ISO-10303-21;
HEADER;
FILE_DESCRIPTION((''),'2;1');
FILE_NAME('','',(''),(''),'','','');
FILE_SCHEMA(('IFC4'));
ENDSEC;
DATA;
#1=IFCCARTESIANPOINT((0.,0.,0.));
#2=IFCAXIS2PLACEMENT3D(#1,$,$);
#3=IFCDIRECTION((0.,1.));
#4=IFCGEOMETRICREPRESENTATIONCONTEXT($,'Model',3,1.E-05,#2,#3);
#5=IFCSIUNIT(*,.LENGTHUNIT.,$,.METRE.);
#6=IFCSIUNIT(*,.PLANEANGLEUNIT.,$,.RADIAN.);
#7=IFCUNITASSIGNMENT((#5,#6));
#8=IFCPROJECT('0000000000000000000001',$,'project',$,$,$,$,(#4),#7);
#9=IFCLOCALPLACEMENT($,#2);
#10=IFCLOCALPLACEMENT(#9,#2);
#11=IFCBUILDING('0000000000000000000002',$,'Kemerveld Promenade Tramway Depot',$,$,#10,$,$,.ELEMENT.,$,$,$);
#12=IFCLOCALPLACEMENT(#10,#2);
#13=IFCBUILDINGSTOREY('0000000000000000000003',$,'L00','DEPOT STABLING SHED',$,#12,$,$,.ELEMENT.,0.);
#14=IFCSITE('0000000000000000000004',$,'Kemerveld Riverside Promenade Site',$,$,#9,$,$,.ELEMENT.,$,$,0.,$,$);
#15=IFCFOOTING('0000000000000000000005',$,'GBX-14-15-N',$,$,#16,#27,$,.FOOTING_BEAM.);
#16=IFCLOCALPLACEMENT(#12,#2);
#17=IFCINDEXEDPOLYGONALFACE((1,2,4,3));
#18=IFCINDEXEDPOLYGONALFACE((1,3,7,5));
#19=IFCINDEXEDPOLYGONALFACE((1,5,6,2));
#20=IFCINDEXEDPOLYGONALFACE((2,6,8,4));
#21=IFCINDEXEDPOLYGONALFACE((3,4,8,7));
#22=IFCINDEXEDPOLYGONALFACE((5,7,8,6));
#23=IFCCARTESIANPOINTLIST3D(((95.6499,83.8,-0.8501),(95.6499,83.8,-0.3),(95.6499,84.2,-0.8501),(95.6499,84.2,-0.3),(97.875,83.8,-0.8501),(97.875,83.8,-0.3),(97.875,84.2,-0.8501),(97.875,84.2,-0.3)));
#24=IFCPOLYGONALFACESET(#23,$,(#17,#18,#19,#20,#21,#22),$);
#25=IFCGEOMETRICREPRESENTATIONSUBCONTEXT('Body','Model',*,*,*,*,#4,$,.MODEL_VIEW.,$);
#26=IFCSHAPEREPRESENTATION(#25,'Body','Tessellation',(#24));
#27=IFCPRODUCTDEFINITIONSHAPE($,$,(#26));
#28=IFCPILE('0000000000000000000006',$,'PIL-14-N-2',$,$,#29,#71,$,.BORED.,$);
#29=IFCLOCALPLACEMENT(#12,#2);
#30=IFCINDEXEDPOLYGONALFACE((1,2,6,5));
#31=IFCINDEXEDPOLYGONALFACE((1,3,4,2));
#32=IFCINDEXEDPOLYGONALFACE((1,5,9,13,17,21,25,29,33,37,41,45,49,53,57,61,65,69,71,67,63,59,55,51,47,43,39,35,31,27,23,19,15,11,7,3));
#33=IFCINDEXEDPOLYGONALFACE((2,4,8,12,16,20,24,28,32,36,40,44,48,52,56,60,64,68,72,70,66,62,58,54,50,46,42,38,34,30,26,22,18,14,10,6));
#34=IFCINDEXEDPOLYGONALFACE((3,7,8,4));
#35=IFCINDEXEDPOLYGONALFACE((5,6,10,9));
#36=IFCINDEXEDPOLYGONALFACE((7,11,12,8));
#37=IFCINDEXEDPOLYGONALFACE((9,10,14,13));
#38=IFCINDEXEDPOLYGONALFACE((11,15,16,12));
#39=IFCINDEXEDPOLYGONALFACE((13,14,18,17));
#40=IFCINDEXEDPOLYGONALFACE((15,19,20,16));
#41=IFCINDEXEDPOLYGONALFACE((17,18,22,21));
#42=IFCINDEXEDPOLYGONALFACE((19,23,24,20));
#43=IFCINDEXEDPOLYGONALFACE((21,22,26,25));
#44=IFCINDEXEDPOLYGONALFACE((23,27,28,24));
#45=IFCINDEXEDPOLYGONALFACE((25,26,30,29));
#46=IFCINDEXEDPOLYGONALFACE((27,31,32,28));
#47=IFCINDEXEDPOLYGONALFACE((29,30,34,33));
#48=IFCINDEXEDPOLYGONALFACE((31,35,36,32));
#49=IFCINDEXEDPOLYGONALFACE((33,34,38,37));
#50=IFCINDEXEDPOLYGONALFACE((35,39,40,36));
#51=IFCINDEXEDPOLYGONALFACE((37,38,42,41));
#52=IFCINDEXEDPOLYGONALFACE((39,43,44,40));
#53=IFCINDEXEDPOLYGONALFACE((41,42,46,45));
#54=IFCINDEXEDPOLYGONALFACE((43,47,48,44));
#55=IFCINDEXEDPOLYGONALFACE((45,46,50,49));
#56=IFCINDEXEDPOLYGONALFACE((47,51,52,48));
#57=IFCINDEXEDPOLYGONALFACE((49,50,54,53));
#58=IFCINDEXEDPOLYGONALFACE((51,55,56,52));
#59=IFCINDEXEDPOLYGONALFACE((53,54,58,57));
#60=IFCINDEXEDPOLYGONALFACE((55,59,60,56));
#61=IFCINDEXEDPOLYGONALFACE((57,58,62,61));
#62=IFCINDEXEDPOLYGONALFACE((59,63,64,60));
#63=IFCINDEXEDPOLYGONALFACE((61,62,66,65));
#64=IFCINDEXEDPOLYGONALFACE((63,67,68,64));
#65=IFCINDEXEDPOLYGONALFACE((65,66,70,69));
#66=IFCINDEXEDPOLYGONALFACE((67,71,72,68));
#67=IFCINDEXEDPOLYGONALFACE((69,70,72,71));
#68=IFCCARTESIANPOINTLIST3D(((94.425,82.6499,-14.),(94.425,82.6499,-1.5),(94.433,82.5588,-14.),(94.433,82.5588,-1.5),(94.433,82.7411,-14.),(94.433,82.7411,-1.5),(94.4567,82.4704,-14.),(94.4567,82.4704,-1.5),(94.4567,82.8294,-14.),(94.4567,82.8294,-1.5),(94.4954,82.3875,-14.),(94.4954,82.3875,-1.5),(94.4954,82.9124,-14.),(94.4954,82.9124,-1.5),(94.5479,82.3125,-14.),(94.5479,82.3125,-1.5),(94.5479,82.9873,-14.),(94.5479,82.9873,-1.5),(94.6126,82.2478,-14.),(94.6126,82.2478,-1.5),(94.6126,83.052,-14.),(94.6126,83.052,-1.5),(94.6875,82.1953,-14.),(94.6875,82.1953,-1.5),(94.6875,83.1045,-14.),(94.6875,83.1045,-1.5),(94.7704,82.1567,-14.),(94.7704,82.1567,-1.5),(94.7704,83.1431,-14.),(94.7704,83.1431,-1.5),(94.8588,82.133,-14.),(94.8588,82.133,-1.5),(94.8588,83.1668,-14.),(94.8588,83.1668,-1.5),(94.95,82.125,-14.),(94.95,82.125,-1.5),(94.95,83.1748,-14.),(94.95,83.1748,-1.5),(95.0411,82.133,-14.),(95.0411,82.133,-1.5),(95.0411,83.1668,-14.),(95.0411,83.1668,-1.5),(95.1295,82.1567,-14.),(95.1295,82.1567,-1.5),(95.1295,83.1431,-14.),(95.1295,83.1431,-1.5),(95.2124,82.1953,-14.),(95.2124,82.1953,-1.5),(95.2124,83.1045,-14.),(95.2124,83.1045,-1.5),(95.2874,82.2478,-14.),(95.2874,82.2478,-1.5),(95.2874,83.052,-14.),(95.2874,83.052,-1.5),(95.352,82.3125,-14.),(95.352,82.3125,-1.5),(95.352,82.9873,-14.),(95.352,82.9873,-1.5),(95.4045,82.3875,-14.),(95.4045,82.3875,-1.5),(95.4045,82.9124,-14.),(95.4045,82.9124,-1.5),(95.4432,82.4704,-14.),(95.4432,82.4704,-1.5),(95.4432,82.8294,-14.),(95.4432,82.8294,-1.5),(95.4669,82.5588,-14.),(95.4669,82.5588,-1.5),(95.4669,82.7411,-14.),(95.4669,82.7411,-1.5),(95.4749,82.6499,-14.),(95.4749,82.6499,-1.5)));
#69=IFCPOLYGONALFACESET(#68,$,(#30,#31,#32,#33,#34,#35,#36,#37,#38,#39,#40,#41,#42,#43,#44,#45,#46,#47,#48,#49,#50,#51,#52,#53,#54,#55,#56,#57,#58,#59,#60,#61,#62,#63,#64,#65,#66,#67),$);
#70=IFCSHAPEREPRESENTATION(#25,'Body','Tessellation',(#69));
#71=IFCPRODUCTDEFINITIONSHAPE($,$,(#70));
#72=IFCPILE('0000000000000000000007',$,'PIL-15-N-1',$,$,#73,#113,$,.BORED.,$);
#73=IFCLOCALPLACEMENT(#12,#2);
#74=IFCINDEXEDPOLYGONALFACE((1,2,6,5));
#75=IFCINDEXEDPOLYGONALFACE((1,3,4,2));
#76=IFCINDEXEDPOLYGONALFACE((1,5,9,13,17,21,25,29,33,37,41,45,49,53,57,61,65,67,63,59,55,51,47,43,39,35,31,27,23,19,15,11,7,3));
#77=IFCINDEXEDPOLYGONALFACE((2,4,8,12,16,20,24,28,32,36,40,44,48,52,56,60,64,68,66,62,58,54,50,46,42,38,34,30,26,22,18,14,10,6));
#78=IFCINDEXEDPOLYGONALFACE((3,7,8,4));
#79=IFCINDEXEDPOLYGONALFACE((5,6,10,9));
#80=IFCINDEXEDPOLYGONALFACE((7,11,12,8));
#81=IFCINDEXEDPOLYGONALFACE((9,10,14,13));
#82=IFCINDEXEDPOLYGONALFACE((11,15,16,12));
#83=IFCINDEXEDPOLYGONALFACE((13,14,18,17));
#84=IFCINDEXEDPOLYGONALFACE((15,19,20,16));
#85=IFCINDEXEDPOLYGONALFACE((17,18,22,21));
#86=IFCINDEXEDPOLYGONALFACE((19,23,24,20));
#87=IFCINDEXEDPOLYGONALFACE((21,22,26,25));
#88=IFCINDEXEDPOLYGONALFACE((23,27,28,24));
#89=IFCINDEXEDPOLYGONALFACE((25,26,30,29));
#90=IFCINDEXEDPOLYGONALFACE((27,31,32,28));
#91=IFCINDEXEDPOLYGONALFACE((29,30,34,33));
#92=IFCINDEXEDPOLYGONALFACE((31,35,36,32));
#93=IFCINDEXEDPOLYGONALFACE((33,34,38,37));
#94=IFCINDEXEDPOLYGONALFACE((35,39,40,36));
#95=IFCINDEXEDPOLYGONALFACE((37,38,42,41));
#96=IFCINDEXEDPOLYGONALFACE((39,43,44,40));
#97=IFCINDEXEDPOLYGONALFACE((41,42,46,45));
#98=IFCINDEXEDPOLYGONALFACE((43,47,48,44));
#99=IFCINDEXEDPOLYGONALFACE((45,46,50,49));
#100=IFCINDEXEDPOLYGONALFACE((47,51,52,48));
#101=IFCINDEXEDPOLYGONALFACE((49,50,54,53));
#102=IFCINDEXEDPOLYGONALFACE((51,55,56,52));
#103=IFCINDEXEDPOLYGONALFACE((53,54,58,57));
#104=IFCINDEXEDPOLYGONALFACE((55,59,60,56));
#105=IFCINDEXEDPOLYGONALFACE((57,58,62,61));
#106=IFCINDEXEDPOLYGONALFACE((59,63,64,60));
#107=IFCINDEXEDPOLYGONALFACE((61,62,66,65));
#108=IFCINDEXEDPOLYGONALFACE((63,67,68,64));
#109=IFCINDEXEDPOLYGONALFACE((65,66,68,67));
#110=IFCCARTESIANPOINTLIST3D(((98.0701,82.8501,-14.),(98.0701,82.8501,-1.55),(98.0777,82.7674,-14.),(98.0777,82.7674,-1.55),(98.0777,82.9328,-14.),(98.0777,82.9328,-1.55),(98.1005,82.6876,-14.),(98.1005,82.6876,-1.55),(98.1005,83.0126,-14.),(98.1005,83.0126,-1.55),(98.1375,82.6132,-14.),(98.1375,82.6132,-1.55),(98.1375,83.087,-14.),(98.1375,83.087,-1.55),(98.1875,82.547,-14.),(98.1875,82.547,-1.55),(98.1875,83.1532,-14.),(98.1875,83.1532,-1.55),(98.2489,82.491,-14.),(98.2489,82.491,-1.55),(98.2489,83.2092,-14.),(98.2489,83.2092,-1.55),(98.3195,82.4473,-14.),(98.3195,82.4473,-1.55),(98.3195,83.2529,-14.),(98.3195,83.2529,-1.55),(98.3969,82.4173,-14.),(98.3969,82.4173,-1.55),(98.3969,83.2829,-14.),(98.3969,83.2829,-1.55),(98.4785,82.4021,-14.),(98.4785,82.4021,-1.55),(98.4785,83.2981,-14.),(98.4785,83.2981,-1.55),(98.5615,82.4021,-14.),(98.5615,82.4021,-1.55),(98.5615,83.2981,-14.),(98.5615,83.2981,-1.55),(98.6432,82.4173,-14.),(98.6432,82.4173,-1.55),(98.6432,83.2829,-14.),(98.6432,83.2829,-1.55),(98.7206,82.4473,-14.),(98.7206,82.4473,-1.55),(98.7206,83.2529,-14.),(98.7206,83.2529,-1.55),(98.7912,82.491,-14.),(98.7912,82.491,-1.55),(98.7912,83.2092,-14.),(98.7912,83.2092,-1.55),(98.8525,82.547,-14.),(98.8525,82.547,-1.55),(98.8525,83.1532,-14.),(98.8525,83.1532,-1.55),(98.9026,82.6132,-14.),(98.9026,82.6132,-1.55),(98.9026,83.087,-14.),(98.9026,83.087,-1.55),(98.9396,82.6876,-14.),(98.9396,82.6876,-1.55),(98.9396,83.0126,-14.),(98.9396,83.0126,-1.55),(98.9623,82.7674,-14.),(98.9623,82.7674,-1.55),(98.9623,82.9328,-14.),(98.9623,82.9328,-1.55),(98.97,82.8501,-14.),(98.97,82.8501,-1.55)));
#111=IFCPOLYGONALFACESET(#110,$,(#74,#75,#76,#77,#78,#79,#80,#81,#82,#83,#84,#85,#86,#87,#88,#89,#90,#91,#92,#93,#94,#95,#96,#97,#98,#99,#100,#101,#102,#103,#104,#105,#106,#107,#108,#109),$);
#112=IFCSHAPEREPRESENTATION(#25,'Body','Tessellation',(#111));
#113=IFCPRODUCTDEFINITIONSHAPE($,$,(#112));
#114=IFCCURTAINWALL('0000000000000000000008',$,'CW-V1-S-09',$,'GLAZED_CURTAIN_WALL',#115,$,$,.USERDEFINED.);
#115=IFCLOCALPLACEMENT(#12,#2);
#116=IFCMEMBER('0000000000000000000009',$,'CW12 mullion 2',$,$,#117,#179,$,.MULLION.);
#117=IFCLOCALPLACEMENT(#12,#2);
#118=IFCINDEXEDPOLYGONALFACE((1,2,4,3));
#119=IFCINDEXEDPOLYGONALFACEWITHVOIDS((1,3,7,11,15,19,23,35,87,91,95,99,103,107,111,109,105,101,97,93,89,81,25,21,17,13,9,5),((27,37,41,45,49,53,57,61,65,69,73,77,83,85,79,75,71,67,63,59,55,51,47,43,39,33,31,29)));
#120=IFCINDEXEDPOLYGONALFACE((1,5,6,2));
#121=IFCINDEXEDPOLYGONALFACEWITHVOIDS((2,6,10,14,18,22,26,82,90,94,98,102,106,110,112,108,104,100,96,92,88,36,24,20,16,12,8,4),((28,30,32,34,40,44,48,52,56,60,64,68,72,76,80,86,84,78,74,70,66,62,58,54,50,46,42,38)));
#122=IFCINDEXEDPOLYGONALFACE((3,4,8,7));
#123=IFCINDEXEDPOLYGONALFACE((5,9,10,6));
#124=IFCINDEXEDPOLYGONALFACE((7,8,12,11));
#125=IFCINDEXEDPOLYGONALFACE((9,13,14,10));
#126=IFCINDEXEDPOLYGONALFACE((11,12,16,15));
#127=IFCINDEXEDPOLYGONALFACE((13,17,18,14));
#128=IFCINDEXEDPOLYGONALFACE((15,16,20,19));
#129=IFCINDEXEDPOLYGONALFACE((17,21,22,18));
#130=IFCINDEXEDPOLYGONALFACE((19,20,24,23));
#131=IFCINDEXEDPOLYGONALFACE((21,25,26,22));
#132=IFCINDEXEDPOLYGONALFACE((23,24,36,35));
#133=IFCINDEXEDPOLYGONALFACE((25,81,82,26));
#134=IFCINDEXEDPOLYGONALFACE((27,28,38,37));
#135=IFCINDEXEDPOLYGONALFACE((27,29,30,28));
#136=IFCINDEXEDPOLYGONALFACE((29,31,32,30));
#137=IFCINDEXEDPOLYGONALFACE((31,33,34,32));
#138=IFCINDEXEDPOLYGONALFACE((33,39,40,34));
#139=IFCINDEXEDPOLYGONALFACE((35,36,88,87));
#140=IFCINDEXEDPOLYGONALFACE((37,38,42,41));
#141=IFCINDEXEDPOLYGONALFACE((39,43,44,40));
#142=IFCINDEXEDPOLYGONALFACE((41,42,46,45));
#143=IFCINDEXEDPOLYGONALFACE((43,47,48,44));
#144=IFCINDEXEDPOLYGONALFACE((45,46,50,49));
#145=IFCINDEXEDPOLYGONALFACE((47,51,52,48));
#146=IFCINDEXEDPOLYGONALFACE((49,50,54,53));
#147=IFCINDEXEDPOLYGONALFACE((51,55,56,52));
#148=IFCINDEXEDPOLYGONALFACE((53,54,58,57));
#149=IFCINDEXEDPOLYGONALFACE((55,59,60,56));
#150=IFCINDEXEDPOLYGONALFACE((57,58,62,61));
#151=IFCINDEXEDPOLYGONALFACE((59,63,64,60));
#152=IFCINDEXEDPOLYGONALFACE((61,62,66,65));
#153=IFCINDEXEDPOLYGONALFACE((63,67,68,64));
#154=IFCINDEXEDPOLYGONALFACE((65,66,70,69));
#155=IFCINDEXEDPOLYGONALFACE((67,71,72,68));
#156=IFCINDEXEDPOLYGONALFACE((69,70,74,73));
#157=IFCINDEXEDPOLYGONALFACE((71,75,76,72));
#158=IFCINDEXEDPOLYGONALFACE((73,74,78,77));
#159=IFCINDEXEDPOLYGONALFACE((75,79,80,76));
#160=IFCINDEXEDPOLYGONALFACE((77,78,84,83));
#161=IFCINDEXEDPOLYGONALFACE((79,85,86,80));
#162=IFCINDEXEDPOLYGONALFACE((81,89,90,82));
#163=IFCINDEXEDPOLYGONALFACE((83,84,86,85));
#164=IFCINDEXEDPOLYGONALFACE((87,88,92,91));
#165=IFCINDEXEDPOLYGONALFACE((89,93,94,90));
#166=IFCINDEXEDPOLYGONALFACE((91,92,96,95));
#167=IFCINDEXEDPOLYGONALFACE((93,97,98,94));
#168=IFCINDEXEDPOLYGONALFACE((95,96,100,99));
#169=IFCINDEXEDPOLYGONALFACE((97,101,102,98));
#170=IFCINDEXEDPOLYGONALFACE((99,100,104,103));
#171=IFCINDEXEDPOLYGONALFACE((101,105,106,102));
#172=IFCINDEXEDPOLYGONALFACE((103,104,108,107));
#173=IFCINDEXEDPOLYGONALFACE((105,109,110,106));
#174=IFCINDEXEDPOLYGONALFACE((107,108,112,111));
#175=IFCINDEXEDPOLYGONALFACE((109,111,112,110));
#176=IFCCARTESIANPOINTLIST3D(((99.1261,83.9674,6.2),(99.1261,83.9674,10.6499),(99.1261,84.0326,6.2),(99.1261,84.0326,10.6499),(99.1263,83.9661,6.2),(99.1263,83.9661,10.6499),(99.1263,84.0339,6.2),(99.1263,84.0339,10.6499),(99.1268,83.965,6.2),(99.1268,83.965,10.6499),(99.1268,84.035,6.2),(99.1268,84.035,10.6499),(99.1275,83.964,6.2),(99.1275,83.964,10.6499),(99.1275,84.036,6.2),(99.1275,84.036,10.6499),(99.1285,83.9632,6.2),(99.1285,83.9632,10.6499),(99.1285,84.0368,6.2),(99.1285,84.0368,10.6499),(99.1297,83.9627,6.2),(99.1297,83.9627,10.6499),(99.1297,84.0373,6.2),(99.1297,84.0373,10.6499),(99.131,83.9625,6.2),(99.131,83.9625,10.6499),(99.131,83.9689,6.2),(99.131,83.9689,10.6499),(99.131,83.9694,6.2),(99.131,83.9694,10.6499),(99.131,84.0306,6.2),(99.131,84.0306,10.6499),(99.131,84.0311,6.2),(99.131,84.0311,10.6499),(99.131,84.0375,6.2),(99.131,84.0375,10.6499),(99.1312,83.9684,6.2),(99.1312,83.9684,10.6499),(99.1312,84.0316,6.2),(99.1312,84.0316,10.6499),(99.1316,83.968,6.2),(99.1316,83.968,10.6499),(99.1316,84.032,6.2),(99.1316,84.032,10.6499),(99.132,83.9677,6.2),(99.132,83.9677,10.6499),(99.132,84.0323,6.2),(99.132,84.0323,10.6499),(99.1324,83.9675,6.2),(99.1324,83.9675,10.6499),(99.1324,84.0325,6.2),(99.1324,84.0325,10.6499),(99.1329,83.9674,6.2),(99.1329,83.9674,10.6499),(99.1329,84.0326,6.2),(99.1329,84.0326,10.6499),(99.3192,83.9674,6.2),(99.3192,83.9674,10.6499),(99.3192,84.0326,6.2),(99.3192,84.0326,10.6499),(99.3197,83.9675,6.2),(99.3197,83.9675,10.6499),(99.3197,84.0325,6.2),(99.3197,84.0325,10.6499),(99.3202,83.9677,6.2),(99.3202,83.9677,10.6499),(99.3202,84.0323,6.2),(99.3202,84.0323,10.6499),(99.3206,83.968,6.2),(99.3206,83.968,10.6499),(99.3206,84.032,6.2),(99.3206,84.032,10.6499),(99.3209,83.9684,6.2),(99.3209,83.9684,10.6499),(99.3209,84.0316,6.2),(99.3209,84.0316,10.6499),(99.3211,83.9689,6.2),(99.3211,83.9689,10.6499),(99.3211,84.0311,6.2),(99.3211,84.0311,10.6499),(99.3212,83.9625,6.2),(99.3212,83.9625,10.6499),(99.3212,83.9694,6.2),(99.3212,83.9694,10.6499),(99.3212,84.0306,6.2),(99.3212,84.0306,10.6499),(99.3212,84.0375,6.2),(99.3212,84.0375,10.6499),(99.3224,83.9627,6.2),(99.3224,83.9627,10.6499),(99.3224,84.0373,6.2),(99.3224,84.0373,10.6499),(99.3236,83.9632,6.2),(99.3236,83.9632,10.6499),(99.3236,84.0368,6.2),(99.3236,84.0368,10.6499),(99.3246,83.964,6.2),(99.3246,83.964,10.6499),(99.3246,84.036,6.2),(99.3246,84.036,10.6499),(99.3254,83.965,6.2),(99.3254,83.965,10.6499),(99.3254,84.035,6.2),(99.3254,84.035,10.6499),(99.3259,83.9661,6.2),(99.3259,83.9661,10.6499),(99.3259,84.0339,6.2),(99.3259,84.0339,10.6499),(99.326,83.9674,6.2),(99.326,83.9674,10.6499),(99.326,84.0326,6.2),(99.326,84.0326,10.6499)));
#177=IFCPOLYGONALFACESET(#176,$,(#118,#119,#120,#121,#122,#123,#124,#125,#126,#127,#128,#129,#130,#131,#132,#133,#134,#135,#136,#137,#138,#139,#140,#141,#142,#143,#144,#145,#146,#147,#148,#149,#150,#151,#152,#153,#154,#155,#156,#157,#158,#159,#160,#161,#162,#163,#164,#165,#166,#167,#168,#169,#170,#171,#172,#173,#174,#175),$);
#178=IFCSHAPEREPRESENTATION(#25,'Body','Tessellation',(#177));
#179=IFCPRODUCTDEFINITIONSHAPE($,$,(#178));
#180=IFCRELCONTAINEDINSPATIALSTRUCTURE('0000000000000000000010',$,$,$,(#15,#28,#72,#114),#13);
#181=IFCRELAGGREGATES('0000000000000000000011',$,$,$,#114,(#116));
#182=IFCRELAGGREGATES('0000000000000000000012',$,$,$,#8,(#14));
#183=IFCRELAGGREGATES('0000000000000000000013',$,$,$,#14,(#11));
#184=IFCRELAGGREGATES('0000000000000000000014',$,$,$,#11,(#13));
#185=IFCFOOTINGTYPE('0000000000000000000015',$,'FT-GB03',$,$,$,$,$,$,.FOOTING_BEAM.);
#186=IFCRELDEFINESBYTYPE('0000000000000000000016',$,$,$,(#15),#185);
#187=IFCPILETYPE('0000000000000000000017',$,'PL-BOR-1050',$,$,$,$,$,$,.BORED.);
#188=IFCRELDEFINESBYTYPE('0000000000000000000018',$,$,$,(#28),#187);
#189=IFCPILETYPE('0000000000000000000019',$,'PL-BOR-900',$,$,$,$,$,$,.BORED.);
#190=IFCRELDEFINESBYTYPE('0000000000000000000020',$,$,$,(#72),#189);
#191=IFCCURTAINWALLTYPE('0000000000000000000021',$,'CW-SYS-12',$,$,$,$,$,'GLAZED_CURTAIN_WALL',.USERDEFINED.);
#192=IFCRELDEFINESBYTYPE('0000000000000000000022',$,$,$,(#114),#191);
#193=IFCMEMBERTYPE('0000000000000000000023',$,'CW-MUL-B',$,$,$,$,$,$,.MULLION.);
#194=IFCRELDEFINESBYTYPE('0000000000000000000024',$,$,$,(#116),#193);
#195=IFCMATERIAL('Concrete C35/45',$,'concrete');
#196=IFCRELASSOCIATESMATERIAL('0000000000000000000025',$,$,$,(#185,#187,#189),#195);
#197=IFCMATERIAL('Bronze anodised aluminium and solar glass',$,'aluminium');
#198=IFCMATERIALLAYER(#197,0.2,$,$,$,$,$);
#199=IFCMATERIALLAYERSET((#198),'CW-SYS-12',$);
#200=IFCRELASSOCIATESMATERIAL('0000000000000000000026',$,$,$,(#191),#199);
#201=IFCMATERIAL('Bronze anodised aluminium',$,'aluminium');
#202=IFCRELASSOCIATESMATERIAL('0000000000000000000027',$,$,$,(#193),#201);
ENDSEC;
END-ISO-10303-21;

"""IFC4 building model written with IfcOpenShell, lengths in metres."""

from ifc_helpers import new_model, si_unit, direction, frame, origin, origin_2d, place, context, subcontext, project, spatial, rectangle, hollow_rectangle, circle, extrude, material, layer, layer_set, material_profile, profile_set, type_object, element, aggregate, save


model = new_model("IFC4")

# Units and contexts
model_context = context("Model", 3, precision=1e-05, world=origin(), true_north=direction((0.0, 1.0)))
body_context = subcontext(model_context, "Body", "Model", "MODEL_VIEW")
ifc_project = project(units=[si_unit("LENGTHUNIT", "METRE"), si_unit("PLANEANGLEUNIT", "RADIAN")], contexts=[model_context])

# Site, building, storey
site_placement = place(None, origin())
site = spatial("IfcSite", under=ifc_project, at=site_placement, Name="Kemerveld Riverside Promenade Site", CompositionType="ELEMENT", RefElevation=0.0)
building_placement = place(site_placement, origin())
building = spatial("IfcBuilding", under=site, at=building_placement, Name="Kemerveld Promenade Tramway Depot", CompositionType="ELEMENT")
storey_placement = place(building_placement, origin())
storey = spatial("IfcBuildingStorey", under=building, at=storey_placement, Name="L00", Description="DEPOT STABLING SHED", CompositionType="ELEMENT", Elevation=0.0)

# Footing
ifc_material_1 = material(Name="Concrete C35/45", Category="concrete")
footing_type = type_object("IfcFootingType", Name="FT-GB03", PredefinedType="FOOTING_BEAM", material=ifc_material_1)
footing_placement = place(storey_placement, frame((96.7625, 84.0, -0.8501), z_axis=(0.0, 0.0, 1.0), x_axis=(1.0, 0.0, 0.0)))
element("IfcFooting", 1, at=footing_placement, inside=storey, type_object=footing_type, Name="GBX-14-15-N", PredefinedType="FOOTING_BEAM", context=body_context, shape_type="SweptSolid", body=[
    extrude(rectangle(XDim=2.2251, YDim=0.3999, at=origin_2d()), origin(), (0.0, 0.0, 1.0), 0.55),
])

# Piles
ifc_material_profile_1 = material_profile(ifc_material_1, circle(Radius=0.5249, at=origin_2d()), Name="PILE-D1050")
ifc_profile_set_1 = profile_set([ifc_material_profile_1], Name="Concrete C35/45")
pile_type_1 = type_object("IfcPileType", Name="PL-BOR-1050", PredefinedType="BORED", material=ifc_profile_set_1)
pile_1_placement = place(storey_placement, frame((94.95, 82.6499, -1.5), z_axis=(0.0, 0.0, -1.0), x_axis=(1.0, 0.0, 0.0)))
element("IfcPile", 2, at=pile_1_placement, inside=storey, type_object=pile_type_1, Name="PIL-14-N-2", PredefinedType="BORED", context=body_context, shape_type="SweptSolid", body=[
    extrude(circle(Radius=0.5249, at=origin_2d()), origin(), (0.0, 0.0, 1.0), 12.5),
])
ifc_material_profile_2 = material_profile(ifc_material_1, circle(Radius=0.45, at=origin_2d()), Name="PILE-D900")
ifc_profile_set_2 = profile_set([ifc_material_profile_2], Name="Concrete C35/45")
pile_type_2 = type_object("IfcPileType", Name="PL-BOR-900", PredefinedType="BORED", material=ifc_profile_set_2)
pile_2_placement = place(storey_placement, frame((98.52, 82.8501, -1.55), z_axis=(0.0, 0.0, -1.0), x_axis=(1.0, 0.0, 0.0)))
element("IfcPile", 3, at=pile_2_placement, inside=storey, type_object=pile_type_2, Name="PIL-15-N-1", PredefinedType="BORED", context=body_context, shape_type="SweptSolid", body=[
    extrude(circle(Radius=0.45, at=origin_2d()), origin(), (0.0, 0.0, 1.0), 12.45),
])

# Curtain wall, member
ifc_material_2 = material(Name="Bronze anodised aluminium and solar glass", Category="aluminium")
ifc_layer_1 = layer(ifc_material_2, 0.2)
ifc_layer_set_1 = layer_set([ifc_layer_1], Name="CW-SYS-12")
curtain_wall_type = type_object("IfcCurtainWallType", Name="CW-SYS-12", ElementType="GLAZED_CURTAIN_WALL", PredefinedType="USERDEFINED", material=ifc_layer_set_1)
curtain_wall_placement = place(storey_placement, origin())
curtain_wall = element("IfcCurtainWall", 4, at=curtain_wall_placement, inside=storey, type_object=curtain_wall_type, Name="CW-V1-S-09", ObjectType="GLAZED_CURTAIN_WALL", PredefinedType="USERDEFINED")
ifc_material_3 = material(Name="Bronze anodised aluminium", Category="aluminium")
ifc_material_profile_3 = material_profile(ifc_material_3, hollow_rectangle(XDim=0.075, YDim=0.2, WallThickness=0.0049, InnerFilletRadius=0.002, OuterFilletRadius=0.0049, at=origin_2d()), Name="CW-MUL-200x75")
ifc_profile_set_3 = profile_set([ifc_material_profile_3], Name="Bronze anodised aluminium")
member_type_1 = type_object("IfcMemberType", Name="CW-MUL-B", PredefinedType="MULLION", material=ifc_profile_set_3)
member_1_placement = place(storey_placement, frame((99.2261, 84.0, 6.2), z_axis=(0.0, 0.0, 1.0), x_axis=(0.0, -1.0, 0.0)))
member_1 = element("IfcMember", 5, at=member_1_placement, type_object=member_type_1, Name="CW12 mullion 2", PredefinedType="MULLION", context=body_context, shape_type="SweptSolid", body=[
    extrude(hollow_rectangle(XDim=0.075, YDim=0.2, WallThickness=0.0049, InnerFilletRadius=0.002, OuterFilletRadius=0.0049, at=origin_2d()), origin(), (0.0, 0.0, 1.0), 4.45),
])
aggregate(curtain_wall, [member_1])

save(model, "model.ifc")
